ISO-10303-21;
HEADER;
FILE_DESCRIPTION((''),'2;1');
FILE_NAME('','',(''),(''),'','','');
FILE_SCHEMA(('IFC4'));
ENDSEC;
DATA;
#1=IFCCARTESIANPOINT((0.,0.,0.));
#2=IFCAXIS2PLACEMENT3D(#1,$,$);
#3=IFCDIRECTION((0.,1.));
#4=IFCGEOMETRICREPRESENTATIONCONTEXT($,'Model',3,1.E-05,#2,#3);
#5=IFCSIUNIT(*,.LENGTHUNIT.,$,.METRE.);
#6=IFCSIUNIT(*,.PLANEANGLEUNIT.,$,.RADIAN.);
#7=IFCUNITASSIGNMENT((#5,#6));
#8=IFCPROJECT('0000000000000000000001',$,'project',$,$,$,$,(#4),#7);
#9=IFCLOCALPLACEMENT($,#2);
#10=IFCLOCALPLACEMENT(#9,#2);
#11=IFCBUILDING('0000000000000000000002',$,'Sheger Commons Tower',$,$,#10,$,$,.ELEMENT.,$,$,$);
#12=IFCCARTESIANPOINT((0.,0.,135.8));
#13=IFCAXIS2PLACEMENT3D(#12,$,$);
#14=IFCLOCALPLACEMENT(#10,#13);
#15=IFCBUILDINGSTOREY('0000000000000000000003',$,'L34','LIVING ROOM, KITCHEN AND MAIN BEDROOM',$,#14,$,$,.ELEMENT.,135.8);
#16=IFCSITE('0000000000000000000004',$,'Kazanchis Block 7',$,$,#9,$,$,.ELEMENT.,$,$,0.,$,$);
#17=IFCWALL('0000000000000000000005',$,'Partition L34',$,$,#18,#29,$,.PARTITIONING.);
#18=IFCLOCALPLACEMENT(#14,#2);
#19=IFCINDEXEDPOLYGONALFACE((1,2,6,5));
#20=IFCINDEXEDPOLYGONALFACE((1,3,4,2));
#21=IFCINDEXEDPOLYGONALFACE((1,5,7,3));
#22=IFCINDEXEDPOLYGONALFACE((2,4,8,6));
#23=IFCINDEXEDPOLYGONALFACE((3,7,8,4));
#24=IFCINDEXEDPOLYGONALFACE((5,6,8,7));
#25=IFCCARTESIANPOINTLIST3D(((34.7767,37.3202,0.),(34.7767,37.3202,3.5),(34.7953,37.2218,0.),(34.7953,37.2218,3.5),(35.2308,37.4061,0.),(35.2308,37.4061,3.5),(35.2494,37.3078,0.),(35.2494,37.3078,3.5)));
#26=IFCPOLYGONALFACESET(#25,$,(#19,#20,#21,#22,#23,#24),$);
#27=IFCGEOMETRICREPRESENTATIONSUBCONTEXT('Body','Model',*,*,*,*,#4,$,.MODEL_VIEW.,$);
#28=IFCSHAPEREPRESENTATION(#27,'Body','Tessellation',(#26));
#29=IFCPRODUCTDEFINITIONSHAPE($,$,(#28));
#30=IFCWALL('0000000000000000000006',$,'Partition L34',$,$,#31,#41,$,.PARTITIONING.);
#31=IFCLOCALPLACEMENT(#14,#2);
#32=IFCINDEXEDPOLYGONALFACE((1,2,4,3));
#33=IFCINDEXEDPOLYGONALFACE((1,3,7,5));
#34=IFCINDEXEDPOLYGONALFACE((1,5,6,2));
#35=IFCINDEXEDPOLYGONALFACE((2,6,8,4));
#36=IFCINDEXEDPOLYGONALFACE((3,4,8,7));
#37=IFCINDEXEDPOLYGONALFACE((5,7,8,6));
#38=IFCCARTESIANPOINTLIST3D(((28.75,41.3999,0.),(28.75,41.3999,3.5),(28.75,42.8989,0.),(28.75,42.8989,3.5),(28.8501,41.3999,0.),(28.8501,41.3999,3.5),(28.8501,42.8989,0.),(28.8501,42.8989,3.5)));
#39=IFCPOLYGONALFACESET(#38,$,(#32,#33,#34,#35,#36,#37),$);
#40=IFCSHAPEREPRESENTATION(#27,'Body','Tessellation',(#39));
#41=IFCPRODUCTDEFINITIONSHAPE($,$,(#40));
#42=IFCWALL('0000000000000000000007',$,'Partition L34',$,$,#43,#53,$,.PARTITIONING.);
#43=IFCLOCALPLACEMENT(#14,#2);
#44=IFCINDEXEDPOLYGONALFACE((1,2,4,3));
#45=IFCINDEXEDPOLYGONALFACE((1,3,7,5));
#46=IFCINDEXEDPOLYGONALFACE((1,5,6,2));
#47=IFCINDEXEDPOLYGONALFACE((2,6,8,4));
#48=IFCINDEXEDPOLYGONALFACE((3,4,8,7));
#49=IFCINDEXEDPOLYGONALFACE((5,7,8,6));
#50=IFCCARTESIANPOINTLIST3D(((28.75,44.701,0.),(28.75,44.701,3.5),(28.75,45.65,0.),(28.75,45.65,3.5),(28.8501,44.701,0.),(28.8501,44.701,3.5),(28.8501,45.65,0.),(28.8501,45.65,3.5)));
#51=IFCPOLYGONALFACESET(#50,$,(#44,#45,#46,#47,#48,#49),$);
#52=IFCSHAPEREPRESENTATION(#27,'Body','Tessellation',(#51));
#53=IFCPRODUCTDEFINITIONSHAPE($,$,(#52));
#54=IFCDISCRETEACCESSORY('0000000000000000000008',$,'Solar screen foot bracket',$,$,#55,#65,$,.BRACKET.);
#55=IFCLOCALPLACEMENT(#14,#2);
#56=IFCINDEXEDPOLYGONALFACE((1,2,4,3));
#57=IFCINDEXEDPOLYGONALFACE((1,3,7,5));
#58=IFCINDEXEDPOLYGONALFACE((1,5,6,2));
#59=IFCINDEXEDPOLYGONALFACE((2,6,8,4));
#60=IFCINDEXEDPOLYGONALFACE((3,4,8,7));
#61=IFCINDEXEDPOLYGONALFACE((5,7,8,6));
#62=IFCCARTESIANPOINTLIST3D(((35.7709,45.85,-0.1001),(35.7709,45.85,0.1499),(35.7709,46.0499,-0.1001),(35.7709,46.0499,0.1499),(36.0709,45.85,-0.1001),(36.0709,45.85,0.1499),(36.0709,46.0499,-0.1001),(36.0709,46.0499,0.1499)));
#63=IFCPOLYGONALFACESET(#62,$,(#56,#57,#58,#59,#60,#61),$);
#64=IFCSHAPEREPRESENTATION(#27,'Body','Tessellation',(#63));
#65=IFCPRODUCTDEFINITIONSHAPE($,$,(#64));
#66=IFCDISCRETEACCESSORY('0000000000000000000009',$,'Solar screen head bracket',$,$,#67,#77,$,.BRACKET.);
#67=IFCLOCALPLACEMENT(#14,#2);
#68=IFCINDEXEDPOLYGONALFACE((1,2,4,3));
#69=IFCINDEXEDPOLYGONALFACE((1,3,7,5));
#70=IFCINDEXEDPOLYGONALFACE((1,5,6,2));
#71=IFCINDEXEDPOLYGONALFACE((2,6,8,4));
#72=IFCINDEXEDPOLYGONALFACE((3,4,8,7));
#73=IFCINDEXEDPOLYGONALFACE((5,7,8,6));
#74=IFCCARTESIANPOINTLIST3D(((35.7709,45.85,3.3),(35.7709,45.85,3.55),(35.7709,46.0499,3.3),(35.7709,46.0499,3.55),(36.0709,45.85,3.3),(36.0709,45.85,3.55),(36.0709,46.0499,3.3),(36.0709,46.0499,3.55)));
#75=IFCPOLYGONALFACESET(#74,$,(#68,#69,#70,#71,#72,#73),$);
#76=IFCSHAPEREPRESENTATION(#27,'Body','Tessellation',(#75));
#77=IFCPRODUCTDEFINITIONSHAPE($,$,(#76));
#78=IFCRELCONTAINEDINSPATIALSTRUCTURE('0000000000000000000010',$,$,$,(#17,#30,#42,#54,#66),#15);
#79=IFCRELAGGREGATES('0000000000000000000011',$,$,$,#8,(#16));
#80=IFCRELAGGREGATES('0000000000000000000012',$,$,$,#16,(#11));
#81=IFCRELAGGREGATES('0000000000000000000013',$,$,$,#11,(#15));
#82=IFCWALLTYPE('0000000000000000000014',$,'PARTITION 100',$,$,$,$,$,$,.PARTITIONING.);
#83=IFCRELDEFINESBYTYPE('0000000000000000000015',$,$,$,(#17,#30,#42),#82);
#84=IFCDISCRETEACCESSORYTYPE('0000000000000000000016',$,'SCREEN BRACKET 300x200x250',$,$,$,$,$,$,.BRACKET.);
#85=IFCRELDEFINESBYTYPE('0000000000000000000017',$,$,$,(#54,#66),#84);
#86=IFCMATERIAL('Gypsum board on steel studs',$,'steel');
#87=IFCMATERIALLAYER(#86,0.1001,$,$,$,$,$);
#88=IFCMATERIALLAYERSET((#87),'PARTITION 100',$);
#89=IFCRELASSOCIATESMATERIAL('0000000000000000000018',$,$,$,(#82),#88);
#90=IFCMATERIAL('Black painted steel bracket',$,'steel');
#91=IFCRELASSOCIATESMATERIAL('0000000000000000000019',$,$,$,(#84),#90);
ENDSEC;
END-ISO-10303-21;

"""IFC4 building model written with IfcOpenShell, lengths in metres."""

from ifc_helpers import new_model, si_unit, direction, frame, frame_2d, origin, origin_2d, place, context, subcontext, project, spatial, rectangle, extrude, material, layer, layer_set, type_object, element, save


model = new_model("IFC4")

# Units and contexts
model_context = context("Model", 3, precision=1e-05, world=origin(), true_north=direction((0.0, 1.0)))
body_context = subcontext(model_context, "Body", "Model", "MODEL_VIEW")
ifc_project = project(units=[si_unit("LENGTHUNIT", "METRE"), si_unit("PLANEANGLEUNIT", "RADIAN")], contexts=[model_context])

# Site, building, storey
site_placement = place(None, origin())
site = spatial("IfcSite", under=ifc_project, at=site_placement, Name="Kazanchis Block 7", CompositionType="ELEMENT", RefElevation=0.0)
building_placement = place(site_placement, origin())
building = spatial("IfcBuilding", under=site, at=building_placement, Name="Sheger Commons Tower", CompositionType="ELEMENT")
storey_placement = place(building_placement, frame((0.0, 0.0, 135.8)))
storey = spatial("IfcBuildingStorey", under=building, at=storey_placement, Name="L34", Description="LIVING ROOM, KITCHEN AND MAIN BEDROOM", CompositionType="ELEMENT", Elevation=135.8)

# Walls
ifc_material_1 = material(Name="Gypsum board on steel studs", Category="steel")
ifc_layer_1 = layer(ifc_material_1, 0.1001)
ifc_layer_set_1 = layer_set([ifc_layer_1], Name="PARTITION 100")
wall_type_1 = type_object("IfcWallType", Name="PARTITION 100", PredefinedType="PARTITIONING", material=ifc_layer_set_1)
wall_1_placement = place(storey_placement, frame((35.24, 37.3569, 0.0), z_axis=(0.0, 0.0, 1.0), x_axis=(-0.98256, -0.185947, 0.0)))
element("IfcWall", 1, at=wall_1_placement, inside=storey, type_object=wall_type_1, Name="Partition L34", PredefinedType="PARTITIONING", context=body_context, shape_type="SweptSolid", body=[
    extrude(rectangle(XDim=0.4622, YDim=0.1001, at=frame_2d((0.231, 0.0))), origin(), (0.0, 0.0, 1.0), 3.5),
])
wall_2_placement = place(storey_placement, frame((28.8, 41.3999, 0.0), z_axis=(0.0, 0.0, 1.0), x_axis=(0.0, 1.0, 0.0)))
element("IfcWall", 2, at=wall_2_placement, inside=storey, type_object=wall_type_1, Name="Partition L34", PredefinedType="PARTITIONING", context=body_context, shape_type="SweptSolid", body=[
    extrude(rectangle(XDim=1.499, YDim=0.1001, at=frame_2d((0.7495, 0.0))), origin(), (0.0, 0.0, 1.0), 3.5),
])
wall_3_placement = place(storey_placement, frame((28.8, 44.7009, 0.0), z_axis=(0.0, 0.0, 1.0), x_axis=(0.0, 1.0, 0.0)))
element("IfcWall", 3, at=wall_3_placement, inside=storey, type_object=wall_type_1, Name="Partition L34", PredefinedType="PARTITIONING", context=body_context, shape_type="SweptSolid", body=[
    extrude(rectangle(XDim=0.949, YDim=0.1001, at=frame_2d((0.4746, 0.0))), origin(), (0.0, 0.0, 1.0), 3.5),
])

# Discrete accessories
ifc_material_2 = material(Name="Black painted steel bracket", Category="steel")
discrete_accessory_type = type_object("IfcDiscreteAccessoryType", Name="SCREEN BRACKET 300x200x250", PredefinedType="BRACKET", material=ifc_material_2)
for number, where, z_axis, x_axis, name in (
    (4, (35.9209, 45.95, -0.1001), (0.0, 0.0, 1.0), (-1.0, 0.0, 0.0), "Solar screen foot bracket"),
    (5, (35.9209, 45.95, 3.3), (0.0, 0.0, 1.0), (-1.0, 0.0, 0.0), "Solar screen head bracket"),
):
    element("IfcDiscreteAccessory", number, at=place(storey_placement, frame(where, z_axis=z_axis, x_axis=x_axis)), inside=storey, type_object=discrete_accessory_type, Name=name, PredefinedType="BRACKET", context=body_context, shape_type="SweptSolid", body=[
        extrude(rectangle(XDim=0.3, YDim=0.2, at=origin_2d()), origin(), (0.0, 0.0, 1.0), 0.25),
    ])

save(model, "model.ifc")
